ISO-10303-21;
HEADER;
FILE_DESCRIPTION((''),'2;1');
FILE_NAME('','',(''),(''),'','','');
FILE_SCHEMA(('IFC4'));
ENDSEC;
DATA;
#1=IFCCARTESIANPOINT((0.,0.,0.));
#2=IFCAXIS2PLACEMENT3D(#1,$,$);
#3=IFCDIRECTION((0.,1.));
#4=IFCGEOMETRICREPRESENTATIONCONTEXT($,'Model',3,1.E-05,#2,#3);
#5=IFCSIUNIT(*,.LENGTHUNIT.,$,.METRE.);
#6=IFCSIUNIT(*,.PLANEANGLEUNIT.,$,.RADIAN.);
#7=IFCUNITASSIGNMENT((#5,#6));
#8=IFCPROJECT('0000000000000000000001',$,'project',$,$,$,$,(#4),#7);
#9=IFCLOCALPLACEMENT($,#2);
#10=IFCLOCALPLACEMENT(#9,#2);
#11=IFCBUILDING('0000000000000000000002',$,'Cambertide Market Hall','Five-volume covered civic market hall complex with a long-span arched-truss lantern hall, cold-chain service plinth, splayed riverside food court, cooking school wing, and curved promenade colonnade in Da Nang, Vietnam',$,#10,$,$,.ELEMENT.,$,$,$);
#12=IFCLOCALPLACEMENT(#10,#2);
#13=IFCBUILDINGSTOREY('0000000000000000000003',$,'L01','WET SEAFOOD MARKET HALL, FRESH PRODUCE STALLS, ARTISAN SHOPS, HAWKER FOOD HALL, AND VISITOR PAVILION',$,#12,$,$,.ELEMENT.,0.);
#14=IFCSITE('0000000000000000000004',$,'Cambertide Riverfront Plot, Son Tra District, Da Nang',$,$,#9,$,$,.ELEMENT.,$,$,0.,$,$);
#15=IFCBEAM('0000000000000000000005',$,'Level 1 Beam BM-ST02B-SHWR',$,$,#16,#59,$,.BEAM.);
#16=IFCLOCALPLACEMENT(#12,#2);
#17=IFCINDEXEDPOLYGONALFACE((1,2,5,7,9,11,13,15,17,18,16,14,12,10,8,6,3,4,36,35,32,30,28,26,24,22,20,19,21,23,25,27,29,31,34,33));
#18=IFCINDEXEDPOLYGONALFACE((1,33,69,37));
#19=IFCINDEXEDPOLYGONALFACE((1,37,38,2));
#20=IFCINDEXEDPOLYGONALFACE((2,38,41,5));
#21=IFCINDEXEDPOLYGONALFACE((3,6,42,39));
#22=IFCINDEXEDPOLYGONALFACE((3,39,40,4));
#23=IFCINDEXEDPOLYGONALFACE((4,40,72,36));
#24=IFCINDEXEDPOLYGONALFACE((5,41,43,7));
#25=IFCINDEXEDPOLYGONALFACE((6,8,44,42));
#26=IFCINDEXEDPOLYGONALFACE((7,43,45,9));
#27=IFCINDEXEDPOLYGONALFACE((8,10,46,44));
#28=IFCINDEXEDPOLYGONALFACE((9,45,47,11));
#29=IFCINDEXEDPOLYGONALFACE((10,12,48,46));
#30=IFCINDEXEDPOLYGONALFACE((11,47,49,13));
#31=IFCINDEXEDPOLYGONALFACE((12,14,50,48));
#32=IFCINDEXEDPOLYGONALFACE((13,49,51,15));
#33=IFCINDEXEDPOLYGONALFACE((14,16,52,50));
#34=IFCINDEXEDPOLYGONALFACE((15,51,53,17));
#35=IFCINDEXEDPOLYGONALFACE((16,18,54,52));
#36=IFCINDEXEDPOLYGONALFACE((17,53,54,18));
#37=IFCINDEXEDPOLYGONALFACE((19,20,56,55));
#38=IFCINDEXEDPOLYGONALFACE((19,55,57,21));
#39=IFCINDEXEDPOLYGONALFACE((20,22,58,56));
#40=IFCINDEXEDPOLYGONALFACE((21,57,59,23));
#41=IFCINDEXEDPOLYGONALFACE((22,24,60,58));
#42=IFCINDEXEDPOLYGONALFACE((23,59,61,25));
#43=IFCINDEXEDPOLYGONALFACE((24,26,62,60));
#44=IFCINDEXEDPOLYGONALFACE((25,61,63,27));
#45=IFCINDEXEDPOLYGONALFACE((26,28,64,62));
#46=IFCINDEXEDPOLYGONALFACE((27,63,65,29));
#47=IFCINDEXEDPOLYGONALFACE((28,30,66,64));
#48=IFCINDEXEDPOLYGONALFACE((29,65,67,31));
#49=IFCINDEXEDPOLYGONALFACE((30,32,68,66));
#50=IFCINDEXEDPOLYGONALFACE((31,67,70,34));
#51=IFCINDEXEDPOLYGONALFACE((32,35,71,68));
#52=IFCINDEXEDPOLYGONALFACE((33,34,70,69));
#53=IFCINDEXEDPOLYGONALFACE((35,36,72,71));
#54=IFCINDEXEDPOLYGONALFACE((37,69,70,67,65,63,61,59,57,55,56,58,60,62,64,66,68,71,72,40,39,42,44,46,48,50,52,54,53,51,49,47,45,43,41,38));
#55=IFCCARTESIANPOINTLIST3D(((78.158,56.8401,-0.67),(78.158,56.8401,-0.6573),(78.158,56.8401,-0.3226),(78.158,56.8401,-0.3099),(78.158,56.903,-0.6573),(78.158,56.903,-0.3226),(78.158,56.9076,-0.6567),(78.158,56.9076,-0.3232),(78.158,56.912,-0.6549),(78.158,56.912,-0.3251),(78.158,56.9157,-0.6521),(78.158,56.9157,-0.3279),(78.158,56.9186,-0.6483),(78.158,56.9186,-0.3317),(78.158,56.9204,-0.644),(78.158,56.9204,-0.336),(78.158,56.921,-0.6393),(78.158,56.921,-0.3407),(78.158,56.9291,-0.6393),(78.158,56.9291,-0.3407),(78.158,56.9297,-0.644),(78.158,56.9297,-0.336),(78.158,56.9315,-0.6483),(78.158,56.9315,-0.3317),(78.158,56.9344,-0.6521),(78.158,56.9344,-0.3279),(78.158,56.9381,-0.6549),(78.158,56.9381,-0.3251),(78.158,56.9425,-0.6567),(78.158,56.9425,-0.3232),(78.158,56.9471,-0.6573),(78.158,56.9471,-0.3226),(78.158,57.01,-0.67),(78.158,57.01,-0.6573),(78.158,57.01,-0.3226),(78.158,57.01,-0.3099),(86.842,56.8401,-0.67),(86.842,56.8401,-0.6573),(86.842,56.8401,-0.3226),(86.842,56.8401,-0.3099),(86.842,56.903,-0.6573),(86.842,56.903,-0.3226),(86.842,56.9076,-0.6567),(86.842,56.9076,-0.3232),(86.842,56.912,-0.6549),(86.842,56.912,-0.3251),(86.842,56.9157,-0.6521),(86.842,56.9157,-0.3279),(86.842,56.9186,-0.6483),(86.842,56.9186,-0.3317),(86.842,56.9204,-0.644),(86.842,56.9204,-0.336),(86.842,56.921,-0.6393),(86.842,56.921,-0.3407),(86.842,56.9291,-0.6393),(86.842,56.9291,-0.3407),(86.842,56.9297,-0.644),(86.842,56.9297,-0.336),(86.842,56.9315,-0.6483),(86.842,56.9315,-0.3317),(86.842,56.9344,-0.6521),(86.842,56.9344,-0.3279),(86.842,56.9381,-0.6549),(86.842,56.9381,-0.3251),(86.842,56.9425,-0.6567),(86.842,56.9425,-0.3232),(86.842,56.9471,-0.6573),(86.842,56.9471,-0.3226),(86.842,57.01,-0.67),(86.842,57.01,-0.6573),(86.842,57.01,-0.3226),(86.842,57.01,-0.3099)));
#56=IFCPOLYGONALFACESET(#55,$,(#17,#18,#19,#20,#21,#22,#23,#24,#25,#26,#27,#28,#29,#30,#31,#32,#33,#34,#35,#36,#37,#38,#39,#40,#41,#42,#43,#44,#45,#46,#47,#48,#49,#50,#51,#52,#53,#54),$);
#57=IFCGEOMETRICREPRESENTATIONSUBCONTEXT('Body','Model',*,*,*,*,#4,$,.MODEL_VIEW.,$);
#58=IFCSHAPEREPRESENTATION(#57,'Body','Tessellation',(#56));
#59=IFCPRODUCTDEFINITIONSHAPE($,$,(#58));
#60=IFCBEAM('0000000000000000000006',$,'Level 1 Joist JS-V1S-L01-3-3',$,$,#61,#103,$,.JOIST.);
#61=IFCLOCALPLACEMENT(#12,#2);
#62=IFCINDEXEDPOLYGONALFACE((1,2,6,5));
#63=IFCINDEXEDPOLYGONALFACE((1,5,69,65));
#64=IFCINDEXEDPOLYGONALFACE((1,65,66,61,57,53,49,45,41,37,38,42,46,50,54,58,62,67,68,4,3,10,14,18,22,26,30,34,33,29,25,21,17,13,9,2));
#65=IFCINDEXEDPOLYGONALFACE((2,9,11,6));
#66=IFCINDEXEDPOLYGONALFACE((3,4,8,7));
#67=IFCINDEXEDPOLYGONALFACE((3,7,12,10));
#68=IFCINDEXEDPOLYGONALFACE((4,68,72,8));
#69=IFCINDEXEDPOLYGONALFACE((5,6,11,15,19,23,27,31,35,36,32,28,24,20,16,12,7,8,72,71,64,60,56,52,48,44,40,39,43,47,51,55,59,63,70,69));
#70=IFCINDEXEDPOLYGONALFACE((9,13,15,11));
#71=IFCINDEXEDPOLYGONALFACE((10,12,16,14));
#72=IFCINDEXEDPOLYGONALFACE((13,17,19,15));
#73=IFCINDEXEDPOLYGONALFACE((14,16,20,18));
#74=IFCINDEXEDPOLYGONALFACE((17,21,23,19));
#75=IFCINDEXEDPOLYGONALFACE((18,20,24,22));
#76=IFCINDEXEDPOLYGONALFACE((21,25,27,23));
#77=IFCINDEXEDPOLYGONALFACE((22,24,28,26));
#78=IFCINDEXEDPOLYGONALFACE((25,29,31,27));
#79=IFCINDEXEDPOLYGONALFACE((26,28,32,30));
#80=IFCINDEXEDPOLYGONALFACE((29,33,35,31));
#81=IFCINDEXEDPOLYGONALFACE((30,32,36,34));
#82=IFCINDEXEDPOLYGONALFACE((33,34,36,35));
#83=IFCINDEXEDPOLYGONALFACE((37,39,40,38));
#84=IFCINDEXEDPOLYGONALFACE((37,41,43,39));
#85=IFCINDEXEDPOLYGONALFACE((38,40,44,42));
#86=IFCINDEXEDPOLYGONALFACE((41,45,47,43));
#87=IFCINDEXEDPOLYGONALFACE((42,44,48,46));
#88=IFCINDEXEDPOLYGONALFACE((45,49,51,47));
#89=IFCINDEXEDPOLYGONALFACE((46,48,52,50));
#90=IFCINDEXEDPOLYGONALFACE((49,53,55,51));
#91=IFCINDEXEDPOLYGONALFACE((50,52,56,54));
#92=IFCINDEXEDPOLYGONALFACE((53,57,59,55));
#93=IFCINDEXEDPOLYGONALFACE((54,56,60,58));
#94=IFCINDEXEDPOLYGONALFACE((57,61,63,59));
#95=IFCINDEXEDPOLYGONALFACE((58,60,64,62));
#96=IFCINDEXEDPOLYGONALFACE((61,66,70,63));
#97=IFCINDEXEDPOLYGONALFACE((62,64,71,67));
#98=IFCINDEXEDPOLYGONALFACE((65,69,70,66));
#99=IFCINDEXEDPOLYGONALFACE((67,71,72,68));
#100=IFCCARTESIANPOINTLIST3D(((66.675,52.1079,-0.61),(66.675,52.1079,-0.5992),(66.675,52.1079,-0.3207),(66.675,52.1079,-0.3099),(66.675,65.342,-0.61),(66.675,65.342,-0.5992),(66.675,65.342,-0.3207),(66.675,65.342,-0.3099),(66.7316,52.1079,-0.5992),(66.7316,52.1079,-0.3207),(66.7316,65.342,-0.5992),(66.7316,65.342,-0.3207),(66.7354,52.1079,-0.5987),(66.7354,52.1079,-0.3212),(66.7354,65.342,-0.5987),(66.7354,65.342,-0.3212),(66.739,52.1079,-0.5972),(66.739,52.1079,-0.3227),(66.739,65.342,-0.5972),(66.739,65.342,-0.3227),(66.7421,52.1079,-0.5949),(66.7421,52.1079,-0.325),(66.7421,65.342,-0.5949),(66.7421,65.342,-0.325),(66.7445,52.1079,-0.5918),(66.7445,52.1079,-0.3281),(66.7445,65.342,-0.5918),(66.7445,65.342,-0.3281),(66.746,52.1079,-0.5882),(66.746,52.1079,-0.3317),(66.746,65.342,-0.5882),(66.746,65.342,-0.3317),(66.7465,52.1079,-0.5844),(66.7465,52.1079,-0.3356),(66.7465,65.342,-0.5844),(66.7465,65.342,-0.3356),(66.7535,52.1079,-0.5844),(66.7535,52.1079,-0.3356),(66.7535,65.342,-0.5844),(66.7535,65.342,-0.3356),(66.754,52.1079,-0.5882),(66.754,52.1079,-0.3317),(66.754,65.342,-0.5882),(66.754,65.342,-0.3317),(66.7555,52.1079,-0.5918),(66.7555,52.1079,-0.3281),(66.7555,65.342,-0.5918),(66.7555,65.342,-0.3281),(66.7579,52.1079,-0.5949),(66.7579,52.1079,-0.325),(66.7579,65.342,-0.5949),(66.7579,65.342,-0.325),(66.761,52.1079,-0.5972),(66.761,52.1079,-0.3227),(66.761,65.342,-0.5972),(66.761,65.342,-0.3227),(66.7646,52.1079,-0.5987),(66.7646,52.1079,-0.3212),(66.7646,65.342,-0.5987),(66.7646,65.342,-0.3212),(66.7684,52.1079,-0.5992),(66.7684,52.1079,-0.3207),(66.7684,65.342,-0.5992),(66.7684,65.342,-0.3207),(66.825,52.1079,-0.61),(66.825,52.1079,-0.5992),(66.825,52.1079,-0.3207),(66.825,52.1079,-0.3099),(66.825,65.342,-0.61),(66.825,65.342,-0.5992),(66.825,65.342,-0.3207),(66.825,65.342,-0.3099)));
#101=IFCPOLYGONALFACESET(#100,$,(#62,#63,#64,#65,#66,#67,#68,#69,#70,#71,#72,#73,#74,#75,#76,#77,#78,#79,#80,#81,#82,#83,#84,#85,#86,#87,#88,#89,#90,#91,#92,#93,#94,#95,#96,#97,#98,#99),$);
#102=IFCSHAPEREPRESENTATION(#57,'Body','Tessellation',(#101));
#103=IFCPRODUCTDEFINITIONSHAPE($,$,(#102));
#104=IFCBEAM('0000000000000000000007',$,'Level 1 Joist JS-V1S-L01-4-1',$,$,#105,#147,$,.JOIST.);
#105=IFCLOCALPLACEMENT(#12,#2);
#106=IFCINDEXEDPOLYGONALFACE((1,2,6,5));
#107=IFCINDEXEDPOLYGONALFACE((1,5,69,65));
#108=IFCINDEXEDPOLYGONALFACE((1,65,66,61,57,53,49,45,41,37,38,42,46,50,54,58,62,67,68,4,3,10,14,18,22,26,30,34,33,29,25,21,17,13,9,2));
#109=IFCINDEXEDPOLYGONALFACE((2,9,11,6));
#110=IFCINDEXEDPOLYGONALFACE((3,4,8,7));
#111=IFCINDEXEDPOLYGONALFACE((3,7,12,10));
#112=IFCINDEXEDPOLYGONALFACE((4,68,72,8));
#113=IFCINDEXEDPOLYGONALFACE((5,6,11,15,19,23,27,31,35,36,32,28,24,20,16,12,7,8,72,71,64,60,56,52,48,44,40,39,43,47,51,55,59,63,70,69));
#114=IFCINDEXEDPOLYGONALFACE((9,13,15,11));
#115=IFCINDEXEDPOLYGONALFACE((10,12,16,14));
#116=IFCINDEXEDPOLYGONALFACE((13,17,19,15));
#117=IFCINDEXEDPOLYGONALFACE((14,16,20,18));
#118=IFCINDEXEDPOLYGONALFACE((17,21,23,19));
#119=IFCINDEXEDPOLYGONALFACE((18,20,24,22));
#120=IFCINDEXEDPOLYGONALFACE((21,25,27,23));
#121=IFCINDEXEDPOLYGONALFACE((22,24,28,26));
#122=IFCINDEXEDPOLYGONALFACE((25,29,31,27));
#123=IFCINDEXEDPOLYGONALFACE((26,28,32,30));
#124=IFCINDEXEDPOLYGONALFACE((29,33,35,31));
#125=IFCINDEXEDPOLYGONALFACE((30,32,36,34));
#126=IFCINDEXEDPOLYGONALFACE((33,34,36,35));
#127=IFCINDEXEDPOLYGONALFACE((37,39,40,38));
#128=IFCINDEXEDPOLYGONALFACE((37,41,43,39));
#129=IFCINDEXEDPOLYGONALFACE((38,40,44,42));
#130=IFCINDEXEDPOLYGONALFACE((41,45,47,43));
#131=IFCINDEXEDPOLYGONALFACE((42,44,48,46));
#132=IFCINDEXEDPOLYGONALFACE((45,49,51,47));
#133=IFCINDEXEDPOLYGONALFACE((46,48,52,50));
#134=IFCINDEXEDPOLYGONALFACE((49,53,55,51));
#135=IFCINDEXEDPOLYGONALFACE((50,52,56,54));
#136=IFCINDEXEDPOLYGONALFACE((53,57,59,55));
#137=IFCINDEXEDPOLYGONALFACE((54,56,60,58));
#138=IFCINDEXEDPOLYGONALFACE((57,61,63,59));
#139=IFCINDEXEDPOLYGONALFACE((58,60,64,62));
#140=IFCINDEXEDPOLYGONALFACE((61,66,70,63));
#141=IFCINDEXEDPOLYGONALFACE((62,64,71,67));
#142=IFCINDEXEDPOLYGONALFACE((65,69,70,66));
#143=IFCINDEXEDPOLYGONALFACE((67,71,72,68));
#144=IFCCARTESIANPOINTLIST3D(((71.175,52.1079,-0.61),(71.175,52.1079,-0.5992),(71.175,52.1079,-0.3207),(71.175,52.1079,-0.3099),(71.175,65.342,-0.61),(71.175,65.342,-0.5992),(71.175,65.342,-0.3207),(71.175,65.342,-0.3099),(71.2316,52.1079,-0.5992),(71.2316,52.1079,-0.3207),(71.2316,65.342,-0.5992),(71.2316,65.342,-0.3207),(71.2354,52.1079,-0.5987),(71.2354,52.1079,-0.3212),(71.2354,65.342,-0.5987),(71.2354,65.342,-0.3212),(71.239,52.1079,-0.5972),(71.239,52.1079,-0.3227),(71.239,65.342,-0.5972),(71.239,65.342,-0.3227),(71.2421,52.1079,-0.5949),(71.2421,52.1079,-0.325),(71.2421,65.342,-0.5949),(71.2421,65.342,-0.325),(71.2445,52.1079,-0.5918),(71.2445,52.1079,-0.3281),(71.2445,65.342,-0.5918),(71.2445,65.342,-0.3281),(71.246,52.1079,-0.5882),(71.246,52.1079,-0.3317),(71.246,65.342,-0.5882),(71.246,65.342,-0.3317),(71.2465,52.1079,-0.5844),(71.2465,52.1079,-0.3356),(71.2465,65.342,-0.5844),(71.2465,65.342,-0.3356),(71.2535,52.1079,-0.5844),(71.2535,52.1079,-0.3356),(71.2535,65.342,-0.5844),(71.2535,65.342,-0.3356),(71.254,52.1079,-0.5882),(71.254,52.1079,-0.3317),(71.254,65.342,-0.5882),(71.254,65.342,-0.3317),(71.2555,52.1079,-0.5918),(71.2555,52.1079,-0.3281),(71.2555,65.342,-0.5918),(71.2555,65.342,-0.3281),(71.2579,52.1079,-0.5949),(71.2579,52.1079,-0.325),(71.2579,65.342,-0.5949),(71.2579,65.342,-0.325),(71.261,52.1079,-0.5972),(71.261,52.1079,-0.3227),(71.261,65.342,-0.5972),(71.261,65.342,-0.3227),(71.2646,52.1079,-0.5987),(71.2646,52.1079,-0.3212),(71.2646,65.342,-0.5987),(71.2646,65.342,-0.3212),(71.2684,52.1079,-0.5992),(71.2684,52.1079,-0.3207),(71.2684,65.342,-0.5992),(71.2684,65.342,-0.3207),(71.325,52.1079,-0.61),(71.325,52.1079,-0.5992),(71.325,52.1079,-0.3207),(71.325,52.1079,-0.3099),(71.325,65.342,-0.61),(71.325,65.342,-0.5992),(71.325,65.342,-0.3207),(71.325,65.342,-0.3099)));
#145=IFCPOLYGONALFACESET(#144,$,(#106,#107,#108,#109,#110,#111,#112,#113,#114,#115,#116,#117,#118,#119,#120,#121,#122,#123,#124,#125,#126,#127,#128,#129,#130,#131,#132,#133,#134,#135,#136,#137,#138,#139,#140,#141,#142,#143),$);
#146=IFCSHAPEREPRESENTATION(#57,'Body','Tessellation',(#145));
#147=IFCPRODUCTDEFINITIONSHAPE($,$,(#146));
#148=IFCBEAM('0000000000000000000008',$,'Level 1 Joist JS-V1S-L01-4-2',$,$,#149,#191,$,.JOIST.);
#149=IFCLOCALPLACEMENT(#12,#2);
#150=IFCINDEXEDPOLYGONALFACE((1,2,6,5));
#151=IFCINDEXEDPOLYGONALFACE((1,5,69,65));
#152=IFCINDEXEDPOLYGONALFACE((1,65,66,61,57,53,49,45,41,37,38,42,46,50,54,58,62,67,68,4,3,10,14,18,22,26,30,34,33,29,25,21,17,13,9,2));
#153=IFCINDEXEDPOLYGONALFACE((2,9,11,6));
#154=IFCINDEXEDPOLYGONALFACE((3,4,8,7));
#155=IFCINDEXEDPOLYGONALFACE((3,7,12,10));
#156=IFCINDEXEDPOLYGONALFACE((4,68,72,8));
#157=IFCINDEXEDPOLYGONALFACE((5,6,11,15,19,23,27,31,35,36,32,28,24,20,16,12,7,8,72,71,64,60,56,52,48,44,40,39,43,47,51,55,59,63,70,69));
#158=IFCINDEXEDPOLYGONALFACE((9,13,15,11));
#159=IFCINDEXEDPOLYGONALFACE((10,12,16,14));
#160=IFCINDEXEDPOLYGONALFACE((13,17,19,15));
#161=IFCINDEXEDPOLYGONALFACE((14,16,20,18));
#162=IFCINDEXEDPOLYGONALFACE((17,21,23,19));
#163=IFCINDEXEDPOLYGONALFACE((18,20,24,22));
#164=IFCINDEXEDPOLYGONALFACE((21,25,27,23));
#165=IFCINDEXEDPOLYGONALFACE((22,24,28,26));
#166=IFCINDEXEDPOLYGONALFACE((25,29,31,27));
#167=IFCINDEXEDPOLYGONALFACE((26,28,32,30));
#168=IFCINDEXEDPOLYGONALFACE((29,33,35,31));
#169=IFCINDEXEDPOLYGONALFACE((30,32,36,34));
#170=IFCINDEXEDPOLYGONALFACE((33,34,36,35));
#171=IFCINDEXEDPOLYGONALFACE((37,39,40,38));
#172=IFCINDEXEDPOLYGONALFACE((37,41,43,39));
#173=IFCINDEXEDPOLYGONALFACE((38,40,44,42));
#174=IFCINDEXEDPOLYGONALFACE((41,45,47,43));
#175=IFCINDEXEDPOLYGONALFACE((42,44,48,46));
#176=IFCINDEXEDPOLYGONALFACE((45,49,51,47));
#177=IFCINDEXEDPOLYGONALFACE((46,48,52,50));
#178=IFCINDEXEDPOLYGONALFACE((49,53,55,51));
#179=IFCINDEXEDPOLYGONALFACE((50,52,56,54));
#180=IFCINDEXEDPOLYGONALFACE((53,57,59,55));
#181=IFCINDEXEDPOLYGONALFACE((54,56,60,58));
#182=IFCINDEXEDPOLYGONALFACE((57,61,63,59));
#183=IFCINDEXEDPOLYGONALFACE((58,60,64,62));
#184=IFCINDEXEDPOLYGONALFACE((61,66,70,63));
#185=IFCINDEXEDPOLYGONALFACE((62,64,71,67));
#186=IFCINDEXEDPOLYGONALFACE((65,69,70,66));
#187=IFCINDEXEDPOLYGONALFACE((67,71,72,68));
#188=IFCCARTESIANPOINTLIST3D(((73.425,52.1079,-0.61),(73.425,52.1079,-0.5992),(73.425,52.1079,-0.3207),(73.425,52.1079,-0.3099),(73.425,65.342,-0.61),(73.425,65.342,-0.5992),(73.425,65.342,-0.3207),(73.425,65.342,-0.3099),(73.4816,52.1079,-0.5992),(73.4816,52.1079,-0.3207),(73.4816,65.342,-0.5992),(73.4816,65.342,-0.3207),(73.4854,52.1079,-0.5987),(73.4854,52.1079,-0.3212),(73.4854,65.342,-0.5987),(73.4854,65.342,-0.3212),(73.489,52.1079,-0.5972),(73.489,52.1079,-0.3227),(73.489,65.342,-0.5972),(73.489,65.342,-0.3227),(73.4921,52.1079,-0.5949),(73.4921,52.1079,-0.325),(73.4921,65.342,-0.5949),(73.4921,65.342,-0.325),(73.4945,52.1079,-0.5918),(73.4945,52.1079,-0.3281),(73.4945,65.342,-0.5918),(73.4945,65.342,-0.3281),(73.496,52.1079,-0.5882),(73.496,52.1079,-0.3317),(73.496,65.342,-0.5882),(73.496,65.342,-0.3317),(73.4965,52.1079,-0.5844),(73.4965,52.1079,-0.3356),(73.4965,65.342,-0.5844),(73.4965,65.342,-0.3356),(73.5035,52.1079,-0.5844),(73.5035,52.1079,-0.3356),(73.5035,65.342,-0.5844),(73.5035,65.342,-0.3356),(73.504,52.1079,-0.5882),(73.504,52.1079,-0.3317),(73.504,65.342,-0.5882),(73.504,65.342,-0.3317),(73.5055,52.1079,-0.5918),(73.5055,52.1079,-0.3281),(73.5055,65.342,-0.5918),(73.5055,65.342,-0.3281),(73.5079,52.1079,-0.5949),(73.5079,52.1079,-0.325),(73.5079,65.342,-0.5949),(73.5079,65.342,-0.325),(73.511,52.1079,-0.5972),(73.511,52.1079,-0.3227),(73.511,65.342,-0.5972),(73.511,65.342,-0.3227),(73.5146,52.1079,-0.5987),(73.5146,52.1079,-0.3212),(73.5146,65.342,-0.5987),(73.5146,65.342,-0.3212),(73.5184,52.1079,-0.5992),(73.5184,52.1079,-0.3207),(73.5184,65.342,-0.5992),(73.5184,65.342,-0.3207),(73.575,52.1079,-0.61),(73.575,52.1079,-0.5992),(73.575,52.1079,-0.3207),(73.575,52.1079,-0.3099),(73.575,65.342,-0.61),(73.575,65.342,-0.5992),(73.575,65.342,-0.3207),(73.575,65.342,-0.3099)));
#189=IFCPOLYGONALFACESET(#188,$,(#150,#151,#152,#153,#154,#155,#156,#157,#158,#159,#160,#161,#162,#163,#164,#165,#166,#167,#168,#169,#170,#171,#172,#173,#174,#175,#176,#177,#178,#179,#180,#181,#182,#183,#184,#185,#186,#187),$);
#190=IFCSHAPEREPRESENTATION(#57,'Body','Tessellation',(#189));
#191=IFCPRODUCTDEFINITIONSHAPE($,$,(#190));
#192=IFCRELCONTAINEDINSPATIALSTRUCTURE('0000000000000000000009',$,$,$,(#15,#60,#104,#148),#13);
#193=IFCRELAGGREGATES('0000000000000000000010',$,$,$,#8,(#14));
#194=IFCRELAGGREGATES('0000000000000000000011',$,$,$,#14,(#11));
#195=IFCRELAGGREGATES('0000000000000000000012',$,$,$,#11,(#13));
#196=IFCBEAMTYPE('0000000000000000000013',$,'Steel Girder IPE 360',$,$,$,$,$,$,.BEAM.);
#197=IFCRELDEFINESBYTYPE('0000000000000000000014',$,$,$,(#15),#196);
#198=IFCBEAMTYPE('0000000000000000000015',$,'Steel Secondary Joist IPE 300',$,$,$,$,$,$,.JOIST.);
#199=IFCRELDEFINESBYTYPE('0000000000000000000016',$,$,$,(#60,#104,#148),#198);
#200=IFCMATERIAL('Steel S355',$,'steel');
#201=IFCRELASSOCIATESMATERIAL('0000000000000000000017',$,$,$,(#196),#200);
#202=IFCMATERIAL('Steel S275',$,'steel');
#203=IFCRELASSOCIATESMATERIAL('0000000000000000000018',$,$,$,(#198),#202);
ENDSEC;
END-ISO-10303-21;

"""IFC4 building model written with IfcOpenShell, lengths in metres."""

from ifc_helpers import new_model, si_unit, direction, frame, origin, origin_2d, place, context, subcontext, project, spatial, i_section, extrude, material, material_profile, profile_set, type_object, element, save


model = new_model("IFC4")

# Units and contexts
model_context = context("Model", 3, precision=1e-05, world=origin(), true_north=direction((0.0, 1.0)))
body_context = subcontext(model_context, "Body", "Model", "MODEL_VIEW")
ifc_project = project(units=[si_unit("LENGTHUNIT", "METRE"), si_unit("PLANEANGLEUNIT", "RADIAN")], contexts=[model_context])

# Site, building, storey
site_placement = place(None, origin())
site = spatial("IfcSite", under=ifc_project, at=site_placement, Name="Cambertide Riverfront Plot, Son Tra District, Da Nang", CompositionType="ELEMENT", RefElevation=0.0)
building_placement = place(site_placement, origin())
building = spatial("IfcBuilding", under=site, at=building_placement, Name="Cambertide Market Hall", Description="Five-volume covered civic market hall complex with a long-span arched-truss lantern hall, cold-chain service plinth, splayed riverside food court, cooking school wing, and curved promenade colonnade in Da Nang, Vietnam", CompositionType="ELEMENT")
storey_placement = place(building_placement, origin())
storey = spatial("IfcBuildingStorey", under=building, at=storey_placement, Name="L01", Description="WET SEAFOOD MARKET HALL, FRESH PRODUCE STALLS, ARTISAN SHOPS, HAWKER FOOD HALL, AND VISITOR PAVILION", CompositionType="ELEMENT", Elevation=0.0)

# Beams
ifc_material_1 = material(Name="Steel S355", Category="steel")
ifc_material_profile_1 = material_profile(ifc_material_1, i_section(OverallWidth=0.1699, OverallDepth=0.3601, WebThickness=0.0081, FlangeThickness=0.0127, FilletRadius=0.0181, at=origin_2d()), Name="IPE 360")
ifc_profile_set_1 = profile_set([ifc_material_profile_1], Name="Steel S355")
beam_type_1 = type_object("IfcBeamType", Name="Steel Girder IPE 360", PredefinedType="BEAM", material=ifc_profile_set_1)
for number, where, z_axis, x_axis, name in (
    (1, (78.158, 56.925, -0.49), (1.0, 0.0, 0.0), (0.0, 1.0, 0.0), "Level 1 Beam BM-ST02B-SHWR"),
):
    element("IfcBeam", number, at=place(storey_placement, frame(where, z_axis=z_axis, x_axis=x_axis)), inside=storey, type_object=beam_type_1, Name=name, PredefinedType="BEAM", context=body_context, shape_type="SweptSolid", body=[
        extrude(i_section(OverallWidth=0.1699, OverallDepth=0.3601, WebThickness=0.0081, FlangeThickness=0.0127, FilletRadius=0.0181, at=origin_2d()), origin(), (0.0, 0.0, 1.0), 8.6841),
    ])
ifc_material_2 = material(Name="Steel S275", Category="steel")
ifc_material_profile_2 = material_profile(ifc_material_2, i_section(OverallWidth=0.1499, OverallDepth=0.3, WebThickness=0.0071, FlangeThickness=0.0107, FilletRadius=0.0149, at=origin_2d()), Name="IPE 300")
ifc_profile_set_2 = profile_set([ifc_material_profile_2], Name="Steel S275")
beam_type_2 = type_object("IfcBeamType", Name="Steel Secondary Joist IPE 300", PredefinedType="JOIST", material=ifc_profile_set_2)
for number, where, z_axis, x_axis, name in (
    (2, (66.75, 52.1079, -0.46), (0.0, 1.0, 0.0), (-1.0, 0.0, 0.0), "Level 1 Joist JS-V1S-L01-3-3"),
    (3, (71.25, 52.1079, -0.46), (0.0, 1.0, 0.0), (-1.0, 0.0, 0.0), "Level 1 Joist JS-V1S-L01-4-1"),
    (4, (73.5, 52.1079, -0.46), (0.0, 1.0, 0.0), (-1.0, 0.0, 0.0), "Level 1 Joist JS-V1S-L01-4-2"),
):
    element("IfcBeam", number, at=place(storey_placement, frame(where, z_axis=z_axis, x_axis=x_axis)), inside=storey, type_object=beam_type_2, Name=name, PredefinedType="JOIST", context=body_context, shape_type="SweptSolid", body=[
        extrude(i_section(OverallWidth=0.1499, OverallDepth=0.3, WebThickness=0.0071, FlangeThickness=0.0107, FilletRadius=0.0149, at=origin_2d()), origin(), (0.0, 0.0, 1.0), 13.2341),
    ])

save(model, "model.ifc")
